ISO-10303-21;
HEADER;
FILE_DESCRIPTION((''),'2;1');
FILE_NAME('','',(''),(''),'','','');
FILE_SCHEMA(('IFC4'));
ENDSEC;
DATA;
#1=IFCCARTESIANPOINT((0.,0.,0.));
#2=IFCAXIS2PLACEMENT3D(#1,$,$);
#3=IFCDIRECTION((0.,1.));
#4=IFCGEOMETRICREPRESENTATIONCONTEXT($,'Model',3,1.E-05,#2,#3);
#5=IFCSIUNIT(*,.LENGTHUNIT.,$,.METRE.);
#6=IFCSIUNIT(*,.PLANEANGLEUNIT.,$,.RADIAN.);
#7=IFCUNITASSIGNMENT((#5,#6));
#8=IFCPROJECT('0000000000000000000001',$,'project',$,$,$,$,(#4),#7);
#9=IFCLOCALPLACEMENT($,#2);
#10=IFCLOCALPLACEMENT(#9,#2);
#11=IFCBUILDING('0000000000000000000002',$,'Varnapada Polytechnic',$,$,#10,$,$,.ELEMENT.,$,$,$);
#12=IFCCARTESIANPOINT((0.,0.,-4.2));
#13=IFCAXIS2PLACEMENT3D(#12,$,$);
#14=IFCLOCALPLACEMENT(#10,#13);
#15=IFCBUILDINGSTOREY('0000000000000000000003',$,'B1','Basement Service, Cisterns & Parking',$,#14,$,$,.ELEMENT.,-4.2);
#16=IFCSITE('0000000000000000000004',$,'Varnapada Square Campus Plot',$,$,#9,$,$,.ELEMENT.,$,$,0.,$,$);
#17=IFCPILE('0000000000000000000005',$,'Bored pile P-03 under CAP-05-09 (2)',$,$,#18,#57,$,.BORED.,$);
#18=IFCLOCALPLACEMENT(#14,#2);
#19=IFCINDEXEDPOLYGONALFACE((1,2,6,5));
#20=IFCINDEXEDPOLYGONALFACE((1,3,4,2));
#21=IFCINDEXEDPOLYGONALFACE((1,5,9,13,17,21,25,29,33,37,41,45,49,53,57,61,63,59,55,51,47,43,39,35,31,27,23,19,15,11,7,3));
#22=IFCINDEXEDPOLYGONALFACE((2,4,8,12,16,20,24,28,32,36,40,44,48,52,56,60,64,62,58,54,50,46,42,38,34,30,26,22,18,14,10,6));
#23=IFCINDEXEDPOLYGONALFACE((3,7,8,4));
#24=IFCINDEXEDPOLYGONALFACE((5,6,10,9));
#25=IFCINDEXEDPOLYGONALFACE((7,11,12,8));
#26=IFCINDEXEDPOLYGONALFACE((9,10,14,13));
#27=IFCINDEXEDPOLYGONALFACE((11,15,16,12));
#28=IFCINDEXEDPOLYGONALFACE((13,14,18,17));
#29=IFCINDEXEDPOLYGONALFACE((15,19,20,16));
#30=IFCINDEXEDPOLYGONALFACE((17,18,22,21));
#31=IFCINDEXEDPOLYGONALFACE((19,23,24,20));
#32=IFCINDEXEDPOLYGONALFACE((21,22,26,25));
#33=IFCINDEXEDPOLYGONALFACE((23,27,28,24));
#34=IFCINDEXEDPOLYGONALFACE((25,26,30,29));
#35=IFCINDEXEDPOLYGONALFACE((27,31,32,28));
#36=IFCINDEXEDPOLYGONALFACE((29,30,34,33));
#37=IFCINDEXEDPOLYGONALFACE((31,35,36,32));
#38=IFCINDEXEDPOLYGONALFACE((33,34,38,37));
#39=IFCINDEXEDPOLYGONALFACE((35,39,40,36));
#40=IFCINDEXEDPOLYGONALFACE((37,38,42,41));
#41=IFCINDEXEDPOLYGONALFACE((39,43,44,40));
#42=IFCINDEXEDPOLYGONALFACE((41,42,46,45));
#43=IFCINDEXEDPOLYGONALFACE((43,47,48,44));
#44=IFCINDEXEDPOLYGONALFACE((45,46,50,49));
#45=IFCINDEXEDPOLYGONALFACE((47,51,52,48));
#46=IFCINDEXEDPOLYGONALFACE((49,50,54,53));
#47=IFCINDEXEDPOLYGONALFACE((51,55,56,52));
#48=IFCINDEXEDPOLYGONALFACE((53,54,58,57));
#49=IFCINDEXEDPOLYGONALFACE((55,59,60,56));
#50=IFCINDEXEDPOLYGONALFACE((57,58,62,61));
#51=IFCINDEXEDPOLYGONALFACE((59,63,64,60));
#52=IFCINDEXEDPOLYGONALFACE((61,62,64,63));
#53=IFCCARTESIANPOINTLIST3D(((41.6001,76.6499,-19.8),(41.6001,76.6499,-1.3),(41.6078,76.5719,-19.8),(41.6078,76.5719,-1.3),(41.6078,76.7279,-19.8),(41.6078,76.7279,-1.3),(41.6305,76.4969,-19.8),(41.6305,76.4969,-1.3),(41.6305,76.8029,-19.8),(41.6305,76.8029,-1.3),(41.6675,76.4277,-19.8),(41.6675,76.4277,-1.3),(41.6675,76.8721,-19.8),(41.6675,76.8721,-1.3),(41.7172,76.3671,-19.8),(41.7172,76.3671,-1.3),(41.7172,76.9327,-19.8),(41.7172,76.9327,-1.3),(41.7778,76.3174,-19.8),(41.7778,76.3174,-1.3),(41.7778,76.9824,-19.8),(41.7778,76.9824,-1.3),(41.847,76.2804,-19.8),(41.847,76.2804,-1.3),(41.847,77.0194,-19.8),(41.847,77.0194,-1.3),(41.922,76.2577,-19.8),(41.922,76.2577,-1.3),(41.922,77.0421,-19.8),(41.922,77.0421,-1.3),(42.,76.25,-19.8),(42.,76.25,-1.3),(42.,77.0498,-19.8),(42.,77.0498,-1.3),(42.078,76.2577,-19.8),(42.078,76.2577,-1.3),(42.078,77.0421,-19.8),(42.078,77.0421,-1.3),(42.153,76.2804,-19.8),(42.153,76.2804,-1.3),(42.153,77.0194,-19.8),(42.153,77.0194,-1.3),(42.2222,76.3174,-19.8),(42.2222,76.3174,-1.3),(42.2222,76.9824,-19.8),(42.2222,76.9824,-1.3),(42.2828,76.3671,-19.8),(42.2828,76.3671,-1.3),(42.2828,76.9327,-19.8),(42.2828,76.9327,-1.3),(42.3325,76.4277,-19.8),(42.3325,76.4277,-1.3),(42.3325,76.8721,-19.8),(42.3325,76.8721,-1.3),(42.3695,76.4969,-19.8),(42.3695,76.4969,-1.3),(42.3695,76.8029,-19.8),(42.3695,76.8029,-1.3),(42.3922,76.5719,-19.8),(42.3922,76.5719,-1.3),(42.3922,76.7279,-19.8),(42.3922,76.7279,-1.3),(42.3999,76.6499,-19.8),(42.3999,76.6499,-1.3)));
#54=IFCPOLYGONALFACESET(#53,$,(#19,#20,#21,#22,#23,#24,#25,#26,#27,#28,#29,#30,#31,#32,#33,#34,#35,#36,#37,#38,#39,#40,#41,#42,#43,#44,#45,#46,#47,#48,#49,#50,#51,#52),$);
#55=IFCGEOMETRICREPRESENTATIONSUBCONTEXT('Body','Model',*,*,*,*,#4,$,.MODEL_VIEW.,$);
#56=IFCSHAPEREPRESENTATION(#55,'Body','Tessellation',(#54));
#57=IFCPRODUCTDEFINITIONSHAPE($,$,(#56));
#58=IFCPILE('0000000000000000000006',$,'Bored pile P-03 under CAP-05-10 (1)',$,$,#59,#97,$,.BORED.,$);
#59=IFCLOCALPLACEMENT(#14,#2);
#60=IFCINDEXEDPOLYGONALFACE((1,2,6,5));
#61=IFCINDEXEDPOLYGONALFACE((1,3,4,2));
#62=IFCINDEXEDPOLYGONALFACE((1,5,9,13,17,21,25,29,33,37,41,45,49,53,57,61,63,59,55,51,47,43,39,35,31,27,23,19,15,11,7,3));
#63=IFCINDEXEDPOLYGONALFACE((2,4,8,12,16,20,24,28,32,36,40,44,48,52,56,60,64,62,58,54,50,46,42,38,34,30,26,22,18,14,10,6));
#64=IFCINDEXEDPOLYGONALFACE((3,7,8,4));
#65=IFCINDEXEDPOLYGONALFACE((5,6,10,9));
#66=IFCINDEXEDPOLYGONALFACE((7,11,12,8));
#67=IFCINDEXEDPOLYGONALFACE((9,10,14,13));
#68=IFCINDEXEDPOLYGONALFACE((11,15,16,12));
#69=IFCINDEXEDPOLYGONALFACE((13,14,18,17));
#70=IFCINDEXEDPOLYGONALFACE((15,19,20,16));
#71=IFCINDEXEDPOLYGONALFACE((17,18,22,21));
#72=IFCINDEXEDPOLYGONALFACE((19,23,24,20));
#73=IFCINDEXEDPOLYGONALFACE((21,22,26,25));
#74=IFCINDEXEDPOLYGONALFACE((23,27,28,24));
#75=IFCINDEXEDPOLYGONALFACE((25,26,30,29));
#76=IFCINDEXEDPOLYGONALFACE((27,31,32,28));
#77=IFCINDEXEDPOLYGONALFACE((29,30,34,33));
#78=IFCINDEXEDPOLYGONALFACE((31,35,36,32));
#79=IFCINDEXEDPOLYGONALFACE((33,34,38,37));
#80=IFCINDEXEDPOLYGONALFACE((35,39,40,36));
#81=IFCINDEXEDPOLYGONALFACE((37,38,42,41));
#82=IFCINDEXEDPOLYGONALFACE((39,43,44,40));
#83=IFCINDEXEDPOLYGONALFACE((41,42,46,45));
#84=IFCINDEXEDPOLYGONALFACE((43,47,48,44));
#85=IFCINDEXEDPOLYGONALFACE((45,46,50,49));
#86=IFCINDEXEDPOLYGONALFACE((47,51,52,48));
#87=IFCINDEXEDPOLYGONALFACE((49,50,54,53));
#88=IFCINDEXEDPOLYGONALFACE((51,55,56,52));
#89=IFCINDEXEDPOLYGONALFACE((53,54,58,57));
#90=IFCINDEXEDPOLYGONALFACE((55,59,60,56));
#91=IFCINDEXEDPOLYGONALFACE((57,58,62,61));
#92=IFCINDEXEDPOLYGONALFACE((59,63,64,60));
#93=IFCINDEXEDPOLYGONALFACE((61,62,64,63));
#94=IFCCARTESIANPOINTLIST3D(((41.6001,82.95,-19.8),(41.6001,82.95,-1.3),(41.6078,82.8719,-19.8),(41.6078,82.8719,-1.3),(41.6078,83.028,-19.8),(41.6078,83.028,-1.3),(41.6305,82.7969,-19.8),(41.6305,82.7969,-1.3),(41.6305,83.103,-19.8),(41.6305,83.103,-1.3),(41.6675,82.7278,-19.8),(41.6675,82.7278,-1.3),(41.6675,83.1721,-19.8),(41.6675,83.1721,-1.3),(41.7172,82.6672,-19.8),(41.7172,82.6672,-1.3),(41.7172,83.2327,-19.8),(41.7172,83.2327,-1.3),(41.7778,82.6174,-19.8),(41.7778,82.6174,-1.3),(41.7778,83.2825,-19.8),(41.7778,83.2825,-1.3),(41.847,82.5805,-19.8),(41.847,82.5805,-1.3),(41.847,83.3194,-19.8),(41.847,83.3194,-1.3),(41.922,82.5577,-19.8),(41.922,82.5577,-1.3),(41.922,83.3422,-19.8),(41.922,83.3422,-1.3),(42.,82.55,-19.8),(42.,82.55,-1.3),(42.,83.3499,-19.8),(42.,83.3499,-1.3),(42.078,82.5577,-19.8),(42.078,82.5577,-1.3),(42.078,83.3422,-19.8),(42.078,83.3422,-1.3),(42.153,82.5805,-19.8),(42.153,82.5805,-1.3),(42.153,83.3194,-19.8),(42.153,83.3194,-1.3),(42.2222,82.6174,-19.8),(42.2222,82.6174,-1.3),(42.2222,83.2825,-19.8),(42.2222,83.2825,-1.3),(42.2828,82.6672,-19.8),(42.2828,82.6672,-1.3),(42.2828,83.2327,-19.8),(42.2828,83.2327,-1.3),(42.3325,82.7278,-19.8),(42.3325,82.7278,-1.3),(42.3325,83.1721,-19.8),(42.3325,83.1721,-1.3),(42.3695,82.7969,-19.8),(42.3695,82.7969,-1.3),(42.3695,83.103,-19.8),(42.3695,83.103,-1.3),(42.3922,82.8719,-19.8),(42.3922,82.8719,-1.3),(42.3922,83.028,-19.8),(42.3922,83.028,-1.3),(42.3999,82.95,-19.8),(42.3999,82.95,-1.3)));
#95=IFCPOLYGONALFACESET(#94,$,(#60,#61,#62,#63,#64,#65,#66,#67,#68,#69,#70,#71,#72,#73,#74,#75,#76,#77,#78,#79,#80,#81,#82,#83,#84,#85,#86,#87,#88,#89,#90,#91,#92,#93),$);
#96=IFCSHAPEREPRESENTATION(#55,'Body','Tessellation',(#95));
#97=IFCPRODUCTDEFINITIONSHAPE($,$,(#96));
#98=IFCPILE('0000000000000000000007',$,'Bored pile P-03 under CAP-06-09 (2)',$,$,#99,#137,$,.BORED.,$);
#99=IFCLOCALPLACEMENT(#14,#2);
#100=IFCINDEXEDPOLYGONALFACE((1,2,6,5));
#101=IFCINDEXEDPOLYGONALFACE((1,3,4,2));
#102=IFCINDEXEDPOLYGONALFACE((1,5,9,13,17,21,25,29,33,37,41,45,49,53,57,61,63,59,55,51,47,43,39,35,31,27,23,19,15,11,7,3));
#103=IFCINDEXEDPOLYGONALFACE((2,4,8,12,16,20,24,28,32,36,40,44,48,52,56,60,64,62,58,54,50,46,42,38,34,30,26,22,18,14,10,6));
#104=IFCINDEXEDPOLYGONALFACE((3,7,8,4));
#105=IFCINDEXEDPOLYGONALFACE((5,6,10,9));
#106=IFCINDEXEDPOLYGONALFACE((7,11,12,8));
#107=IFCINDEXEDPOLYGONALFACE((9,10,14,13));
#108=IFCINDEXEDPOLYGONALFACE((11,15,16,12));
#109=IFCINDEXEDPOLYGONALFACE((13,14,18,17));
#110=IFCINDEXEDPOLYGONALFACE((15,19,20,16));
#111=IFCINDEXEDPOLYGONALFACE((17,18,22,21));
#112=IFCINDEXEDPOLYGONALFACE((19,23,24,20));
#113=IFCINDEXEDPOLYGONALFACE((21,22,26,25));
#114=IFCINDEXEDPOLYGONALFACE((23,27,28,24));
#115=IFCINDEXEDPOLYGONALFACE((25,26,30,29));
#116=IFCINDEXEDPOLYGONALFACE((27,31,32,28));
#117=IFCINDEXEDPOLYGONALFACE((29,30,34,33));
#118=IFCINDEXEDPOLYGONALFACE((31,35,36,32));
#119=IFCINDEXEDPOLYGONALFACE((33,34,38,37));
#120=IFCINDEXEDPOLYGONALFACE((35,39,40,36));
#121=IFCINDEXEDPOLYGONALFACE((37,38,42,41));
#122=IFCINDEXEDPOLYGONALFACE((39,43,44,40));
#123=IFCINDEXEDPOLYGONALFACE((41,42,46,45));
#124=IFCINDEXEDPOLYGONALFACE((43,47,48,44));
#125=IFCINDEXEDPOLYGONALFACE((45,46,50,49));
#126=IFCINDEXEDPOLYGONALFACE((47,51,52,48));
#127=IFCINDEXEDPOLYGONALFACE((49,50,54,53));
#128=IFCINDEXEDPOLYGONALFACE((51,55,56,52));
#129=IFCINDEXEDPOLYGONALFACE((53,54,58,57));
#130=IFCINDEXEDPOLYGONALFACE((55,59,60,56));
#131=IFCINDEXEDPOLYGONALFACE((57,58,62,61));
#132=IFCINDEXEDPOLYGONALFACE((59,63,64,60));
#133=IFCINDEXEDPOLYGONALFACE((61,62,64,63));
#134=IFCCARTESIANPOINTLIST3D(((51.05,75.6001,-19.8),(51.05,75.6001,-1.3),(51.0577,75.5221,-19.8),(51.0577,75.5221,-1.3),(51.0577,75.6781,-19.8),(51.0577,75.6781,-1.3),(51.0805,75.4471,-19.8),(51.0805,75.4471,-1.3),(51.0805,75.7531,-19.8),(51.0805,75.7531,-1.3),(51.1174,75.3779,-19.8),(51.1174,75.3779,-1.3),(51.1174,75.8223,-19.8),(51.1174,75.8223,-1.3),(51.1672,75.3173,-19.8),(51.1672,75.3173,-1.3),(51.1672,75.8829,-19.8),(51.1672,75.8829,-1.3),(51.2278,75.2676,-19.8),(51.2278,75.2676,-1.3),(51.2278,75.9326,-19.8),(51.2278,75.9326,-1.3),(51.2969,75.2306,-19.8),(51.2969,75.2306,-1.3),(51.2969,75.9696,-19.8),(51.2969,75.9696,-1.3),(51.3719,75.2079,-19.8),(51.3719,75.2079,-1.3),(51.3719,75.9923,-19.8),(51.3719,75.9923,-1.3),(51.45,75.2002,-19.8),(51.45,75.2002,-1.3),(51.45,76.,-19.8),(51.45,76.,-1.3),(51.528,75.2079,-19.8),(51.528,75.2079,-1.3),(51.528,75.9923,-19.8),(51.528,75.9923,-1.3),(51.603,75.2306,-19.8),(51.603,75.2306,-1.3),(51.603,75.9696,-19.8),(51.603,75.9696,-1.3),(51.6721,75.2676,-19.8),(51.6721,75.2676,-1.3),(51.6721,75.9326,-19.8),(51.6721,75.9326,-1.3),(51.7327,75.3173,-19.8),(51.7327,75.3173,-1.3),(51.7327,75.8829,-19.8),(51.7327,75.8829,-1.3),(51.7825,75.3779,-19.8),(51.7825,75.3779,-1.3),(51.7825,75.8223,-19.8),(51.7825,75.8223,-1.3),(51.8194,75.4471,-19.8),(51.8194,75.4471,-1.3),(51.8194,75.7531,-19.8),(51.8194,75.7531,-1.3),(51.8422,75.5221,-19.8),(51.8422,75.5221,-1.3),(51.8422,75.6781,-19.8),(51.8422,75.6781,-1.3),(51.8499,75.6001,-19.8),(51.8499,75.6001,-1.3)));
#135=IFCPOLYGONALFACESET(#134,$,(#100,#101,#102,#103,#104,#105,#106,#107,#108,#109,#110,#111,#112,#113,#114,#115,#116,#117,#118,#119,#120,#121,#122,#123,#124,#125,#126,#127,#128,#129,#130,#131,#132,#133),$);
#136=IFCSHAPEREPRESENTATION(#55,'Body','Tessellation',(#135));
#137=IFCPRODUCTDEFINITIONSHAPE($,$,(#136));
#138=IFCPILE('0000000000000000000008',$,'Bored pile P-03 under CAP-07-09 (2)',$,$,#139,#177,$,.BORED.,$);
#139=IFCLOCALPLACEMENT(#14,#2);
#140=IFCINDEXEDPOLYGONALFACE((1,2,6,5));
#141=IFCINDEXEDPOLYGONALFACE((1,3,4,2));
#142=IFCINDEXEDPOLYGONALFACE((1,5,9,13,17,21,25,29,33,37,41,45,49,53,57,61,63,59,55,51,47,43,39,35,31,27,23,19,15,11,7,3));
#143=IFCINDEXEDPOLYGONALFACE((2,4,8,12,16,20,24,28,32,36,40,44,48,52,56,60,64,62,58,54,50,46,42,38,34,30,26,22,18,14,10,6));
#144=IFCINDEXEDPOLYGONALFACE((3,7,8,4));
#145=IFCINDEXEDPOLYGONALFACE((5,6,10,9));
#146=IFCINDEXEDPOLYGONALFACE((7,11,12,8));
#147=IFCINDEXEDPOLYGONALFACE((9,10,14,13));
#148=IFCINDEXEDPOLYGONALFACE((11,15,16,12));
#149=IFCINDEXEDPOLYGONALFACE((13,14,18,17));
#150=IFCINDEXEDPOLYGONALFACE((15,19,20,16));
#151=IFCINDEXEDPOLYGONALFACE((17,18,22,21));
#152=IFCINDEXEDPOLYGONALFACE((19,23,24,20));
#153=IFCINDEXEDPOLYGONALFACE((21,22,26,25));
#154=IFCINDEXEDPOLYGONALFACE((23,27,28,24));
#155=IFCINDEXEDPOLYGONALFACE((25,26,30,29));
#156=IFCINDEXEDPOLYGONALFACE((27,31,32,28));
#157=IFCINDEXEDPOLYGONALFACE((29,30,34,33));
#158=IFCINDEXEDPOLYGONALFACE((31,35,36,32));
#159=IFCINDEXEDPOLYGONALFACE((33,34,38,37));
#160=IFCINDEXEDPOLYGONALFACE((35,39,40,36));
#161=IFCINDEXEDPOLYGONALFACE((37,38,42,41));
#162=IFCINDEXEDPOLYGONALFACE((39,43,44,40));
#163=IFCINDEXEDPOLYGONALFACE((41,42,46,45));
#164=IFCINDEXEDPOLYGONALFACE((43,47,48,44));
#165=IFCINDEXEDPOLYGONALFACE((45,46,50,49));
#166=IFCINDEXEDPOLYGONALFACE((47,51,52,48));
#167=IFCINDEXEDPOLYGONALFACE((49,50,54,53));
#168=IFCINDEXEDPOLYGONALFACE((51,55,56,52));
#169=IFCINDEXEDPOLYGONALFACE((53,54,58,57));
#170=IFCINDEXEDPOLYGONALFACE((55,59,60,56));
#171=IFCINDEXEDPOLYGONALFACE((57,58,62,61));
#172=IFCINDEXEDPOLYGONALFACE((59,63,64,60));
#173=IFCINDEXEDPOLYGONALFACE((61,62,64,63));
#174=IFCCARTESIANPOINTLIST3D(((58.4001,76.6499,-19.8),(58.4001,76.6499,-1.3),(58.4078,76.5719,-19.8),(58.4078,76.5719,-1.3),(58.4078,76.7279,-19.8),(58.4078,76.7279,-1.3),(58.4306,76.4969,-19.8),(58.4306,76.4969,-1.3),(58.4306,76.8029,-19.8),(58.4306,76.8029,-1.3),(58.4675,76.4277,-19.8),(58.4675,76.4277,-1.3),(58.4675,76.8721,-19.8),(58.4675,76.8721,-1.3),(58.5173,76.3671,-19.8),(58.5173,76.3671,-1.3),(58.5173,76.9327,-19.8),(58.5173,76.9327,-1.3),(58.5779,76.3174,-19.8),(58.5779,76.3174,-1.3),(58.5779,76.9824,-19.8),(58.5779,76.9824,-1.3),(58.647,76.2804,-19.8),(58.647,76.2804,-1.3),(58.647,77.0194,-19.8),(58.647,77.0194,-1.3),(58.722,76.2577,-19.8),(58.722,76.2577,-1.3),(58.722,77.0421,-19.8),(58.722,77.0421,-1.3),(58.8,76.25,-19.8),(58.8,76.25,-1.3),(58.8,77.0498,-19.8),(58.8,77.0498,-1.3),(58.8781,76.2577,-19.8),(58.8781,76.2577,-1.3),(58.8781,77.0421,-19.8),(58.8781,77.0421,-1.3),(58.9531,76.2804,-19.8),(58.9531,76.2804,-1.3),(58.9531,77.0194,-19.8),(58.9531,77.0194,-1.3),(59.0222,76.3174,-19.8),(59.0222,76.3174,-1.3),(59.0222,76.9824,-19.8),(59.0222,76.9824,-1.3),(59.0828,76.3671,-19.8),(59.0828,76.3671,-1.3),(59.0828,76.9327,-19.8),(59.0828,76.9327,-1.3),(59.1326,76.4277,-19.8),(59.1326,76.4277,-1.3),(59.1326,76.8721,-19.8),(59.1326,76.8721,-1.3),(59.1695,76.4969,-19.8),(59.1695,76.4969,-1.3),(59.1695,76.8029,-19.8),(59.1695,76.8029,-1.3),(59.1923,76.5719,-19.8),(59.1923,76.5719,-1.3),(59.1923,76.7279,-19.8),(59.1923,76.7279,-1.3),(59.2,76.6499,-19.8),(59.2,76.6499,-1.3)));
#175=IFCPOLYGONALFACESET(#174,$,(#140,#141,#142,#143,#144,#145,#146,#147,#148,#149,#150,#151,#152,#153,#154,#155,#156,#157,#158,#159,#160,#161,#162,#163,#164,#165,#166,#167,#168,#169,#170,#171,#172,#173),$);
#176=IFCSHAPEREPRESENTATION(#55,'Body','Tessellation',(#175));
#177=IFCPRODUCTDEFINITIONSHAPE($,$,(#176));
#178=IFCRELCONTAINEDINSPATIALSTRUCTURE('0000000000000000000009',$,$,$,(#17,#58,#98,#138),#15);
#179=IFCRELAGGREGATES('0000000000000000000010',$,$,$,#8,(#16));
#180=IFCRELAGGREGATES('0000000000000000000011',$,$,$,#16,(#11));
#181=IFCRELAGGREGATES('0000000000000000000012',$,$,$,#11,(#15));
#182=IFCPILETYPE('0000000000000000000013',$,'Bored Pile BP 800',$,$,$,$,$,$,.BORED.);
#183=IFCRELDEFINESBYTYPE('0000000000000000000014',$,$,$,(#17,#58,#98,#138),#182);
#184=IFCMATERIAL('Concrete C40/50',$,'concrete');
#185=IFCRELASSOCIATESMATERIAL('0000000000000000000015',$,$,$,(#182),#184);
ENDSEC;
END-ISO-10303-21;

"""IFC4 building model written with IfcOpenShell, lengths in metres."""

from ifc_helpers import new_model, si_unit, direction, frame, origin, origin_2d, place, context, subcontext, project, spatial, circle, extrude, material, material_profile, profile_set, type_object, element, save


model = new_model("IFC4")

# Units and contexts
model_context = context("Model", 3, precision=1e-05, world=origin(), true_north=direction((0.0, 1.0)))
body_context = subcontext(model_context, "Body", "Model", "MODEL_VIEW")
ifc_project = project(units=[si_unit("LENGTHUNIT", "METRE"), si_unit("PLANEANGLEUNIT", "RADIAN")], contexts=[model_context])

# Site, building, storey
site_placement = place(None, origin())
site = spatial("IfcSite", under=ifc_project, at=site_placement, Name="Varnapada Square Campus Plot", CompositionType="ELEMENT", RefElevation=0.0)
building_placement = place(site_placement, origin())
building = spatial("IfcBuilding", under=site, at=building_placement, Name="Varnapada Polytechnic", CompositionType="ELEMENT")
storey_placement = place(building_placement, frame((0.0, 0.0, -4.2)))
storey = spatial("IfcBuildingStorey", under=building, at=storey_placement, Name="B1", Description="Basement Service, Cisterns & Parking", CompositionType="ELEMENT", Elevation=-4.2)

# Piles
ifc_material = material(Name="Concrete C40/50", Category="concrete")
ifc_material_profile_1 = material_profile(ifc_material, circle(Radius=0.3999, at=origin_2d()), Name="BP 800")
ifc_profile_set_1 = profile_set([ifc_material_profile_1], Name="Concrete C40/50")
pile_type_1 = type_object("IfcPileType", Name="Bored Pile BP 800", PredefinedType="BORED", material=ifc_profile_set_1)
for number, where, z_axis, x_axis, name in (
    (1, (42.0, 76.6499, -1.3), (0.0, 0.0, -1.0), (1.0, 0.0, 0.0), "Bored pile P-03 under CAP-05-09 (2)"),
    (2, (42.0, 82.95, -1.3), (0.0, 0.0, -1.0), (1.0, 0.0, 0.0), "Bored pile P-03 under CAP-05-10 (1)"),
    (3, (51.45, 75.6001, -1.3), (0.0, 0.0, -1.0), (1.0, 0.0, 0.0), "Bored pile P-03 under CAP-06-09 (2)"),
    (4, (58.8, 76.6499, -1.3), (0.0, 0.0, -1.0), (1.0, 0.0, 0.0), "Bored pile P-03 under CAP-07-09 (2)"),
):
    element("IfcPile", number, at=place(storey_placement, frame(where, z_axis=z_axis, x_axis=x_axis)), inside=storey, type_object=pile_type_1, Name=name, PredefinedType="BORED", context=body_context, shape_type="SweptSolid", body=[
        extrude(circle(Radius=0.3999, at=origin_2d()), origin(), (0.0, 0.0, 1.0), 18.5),
    ])

save(model, "model.ifc")
